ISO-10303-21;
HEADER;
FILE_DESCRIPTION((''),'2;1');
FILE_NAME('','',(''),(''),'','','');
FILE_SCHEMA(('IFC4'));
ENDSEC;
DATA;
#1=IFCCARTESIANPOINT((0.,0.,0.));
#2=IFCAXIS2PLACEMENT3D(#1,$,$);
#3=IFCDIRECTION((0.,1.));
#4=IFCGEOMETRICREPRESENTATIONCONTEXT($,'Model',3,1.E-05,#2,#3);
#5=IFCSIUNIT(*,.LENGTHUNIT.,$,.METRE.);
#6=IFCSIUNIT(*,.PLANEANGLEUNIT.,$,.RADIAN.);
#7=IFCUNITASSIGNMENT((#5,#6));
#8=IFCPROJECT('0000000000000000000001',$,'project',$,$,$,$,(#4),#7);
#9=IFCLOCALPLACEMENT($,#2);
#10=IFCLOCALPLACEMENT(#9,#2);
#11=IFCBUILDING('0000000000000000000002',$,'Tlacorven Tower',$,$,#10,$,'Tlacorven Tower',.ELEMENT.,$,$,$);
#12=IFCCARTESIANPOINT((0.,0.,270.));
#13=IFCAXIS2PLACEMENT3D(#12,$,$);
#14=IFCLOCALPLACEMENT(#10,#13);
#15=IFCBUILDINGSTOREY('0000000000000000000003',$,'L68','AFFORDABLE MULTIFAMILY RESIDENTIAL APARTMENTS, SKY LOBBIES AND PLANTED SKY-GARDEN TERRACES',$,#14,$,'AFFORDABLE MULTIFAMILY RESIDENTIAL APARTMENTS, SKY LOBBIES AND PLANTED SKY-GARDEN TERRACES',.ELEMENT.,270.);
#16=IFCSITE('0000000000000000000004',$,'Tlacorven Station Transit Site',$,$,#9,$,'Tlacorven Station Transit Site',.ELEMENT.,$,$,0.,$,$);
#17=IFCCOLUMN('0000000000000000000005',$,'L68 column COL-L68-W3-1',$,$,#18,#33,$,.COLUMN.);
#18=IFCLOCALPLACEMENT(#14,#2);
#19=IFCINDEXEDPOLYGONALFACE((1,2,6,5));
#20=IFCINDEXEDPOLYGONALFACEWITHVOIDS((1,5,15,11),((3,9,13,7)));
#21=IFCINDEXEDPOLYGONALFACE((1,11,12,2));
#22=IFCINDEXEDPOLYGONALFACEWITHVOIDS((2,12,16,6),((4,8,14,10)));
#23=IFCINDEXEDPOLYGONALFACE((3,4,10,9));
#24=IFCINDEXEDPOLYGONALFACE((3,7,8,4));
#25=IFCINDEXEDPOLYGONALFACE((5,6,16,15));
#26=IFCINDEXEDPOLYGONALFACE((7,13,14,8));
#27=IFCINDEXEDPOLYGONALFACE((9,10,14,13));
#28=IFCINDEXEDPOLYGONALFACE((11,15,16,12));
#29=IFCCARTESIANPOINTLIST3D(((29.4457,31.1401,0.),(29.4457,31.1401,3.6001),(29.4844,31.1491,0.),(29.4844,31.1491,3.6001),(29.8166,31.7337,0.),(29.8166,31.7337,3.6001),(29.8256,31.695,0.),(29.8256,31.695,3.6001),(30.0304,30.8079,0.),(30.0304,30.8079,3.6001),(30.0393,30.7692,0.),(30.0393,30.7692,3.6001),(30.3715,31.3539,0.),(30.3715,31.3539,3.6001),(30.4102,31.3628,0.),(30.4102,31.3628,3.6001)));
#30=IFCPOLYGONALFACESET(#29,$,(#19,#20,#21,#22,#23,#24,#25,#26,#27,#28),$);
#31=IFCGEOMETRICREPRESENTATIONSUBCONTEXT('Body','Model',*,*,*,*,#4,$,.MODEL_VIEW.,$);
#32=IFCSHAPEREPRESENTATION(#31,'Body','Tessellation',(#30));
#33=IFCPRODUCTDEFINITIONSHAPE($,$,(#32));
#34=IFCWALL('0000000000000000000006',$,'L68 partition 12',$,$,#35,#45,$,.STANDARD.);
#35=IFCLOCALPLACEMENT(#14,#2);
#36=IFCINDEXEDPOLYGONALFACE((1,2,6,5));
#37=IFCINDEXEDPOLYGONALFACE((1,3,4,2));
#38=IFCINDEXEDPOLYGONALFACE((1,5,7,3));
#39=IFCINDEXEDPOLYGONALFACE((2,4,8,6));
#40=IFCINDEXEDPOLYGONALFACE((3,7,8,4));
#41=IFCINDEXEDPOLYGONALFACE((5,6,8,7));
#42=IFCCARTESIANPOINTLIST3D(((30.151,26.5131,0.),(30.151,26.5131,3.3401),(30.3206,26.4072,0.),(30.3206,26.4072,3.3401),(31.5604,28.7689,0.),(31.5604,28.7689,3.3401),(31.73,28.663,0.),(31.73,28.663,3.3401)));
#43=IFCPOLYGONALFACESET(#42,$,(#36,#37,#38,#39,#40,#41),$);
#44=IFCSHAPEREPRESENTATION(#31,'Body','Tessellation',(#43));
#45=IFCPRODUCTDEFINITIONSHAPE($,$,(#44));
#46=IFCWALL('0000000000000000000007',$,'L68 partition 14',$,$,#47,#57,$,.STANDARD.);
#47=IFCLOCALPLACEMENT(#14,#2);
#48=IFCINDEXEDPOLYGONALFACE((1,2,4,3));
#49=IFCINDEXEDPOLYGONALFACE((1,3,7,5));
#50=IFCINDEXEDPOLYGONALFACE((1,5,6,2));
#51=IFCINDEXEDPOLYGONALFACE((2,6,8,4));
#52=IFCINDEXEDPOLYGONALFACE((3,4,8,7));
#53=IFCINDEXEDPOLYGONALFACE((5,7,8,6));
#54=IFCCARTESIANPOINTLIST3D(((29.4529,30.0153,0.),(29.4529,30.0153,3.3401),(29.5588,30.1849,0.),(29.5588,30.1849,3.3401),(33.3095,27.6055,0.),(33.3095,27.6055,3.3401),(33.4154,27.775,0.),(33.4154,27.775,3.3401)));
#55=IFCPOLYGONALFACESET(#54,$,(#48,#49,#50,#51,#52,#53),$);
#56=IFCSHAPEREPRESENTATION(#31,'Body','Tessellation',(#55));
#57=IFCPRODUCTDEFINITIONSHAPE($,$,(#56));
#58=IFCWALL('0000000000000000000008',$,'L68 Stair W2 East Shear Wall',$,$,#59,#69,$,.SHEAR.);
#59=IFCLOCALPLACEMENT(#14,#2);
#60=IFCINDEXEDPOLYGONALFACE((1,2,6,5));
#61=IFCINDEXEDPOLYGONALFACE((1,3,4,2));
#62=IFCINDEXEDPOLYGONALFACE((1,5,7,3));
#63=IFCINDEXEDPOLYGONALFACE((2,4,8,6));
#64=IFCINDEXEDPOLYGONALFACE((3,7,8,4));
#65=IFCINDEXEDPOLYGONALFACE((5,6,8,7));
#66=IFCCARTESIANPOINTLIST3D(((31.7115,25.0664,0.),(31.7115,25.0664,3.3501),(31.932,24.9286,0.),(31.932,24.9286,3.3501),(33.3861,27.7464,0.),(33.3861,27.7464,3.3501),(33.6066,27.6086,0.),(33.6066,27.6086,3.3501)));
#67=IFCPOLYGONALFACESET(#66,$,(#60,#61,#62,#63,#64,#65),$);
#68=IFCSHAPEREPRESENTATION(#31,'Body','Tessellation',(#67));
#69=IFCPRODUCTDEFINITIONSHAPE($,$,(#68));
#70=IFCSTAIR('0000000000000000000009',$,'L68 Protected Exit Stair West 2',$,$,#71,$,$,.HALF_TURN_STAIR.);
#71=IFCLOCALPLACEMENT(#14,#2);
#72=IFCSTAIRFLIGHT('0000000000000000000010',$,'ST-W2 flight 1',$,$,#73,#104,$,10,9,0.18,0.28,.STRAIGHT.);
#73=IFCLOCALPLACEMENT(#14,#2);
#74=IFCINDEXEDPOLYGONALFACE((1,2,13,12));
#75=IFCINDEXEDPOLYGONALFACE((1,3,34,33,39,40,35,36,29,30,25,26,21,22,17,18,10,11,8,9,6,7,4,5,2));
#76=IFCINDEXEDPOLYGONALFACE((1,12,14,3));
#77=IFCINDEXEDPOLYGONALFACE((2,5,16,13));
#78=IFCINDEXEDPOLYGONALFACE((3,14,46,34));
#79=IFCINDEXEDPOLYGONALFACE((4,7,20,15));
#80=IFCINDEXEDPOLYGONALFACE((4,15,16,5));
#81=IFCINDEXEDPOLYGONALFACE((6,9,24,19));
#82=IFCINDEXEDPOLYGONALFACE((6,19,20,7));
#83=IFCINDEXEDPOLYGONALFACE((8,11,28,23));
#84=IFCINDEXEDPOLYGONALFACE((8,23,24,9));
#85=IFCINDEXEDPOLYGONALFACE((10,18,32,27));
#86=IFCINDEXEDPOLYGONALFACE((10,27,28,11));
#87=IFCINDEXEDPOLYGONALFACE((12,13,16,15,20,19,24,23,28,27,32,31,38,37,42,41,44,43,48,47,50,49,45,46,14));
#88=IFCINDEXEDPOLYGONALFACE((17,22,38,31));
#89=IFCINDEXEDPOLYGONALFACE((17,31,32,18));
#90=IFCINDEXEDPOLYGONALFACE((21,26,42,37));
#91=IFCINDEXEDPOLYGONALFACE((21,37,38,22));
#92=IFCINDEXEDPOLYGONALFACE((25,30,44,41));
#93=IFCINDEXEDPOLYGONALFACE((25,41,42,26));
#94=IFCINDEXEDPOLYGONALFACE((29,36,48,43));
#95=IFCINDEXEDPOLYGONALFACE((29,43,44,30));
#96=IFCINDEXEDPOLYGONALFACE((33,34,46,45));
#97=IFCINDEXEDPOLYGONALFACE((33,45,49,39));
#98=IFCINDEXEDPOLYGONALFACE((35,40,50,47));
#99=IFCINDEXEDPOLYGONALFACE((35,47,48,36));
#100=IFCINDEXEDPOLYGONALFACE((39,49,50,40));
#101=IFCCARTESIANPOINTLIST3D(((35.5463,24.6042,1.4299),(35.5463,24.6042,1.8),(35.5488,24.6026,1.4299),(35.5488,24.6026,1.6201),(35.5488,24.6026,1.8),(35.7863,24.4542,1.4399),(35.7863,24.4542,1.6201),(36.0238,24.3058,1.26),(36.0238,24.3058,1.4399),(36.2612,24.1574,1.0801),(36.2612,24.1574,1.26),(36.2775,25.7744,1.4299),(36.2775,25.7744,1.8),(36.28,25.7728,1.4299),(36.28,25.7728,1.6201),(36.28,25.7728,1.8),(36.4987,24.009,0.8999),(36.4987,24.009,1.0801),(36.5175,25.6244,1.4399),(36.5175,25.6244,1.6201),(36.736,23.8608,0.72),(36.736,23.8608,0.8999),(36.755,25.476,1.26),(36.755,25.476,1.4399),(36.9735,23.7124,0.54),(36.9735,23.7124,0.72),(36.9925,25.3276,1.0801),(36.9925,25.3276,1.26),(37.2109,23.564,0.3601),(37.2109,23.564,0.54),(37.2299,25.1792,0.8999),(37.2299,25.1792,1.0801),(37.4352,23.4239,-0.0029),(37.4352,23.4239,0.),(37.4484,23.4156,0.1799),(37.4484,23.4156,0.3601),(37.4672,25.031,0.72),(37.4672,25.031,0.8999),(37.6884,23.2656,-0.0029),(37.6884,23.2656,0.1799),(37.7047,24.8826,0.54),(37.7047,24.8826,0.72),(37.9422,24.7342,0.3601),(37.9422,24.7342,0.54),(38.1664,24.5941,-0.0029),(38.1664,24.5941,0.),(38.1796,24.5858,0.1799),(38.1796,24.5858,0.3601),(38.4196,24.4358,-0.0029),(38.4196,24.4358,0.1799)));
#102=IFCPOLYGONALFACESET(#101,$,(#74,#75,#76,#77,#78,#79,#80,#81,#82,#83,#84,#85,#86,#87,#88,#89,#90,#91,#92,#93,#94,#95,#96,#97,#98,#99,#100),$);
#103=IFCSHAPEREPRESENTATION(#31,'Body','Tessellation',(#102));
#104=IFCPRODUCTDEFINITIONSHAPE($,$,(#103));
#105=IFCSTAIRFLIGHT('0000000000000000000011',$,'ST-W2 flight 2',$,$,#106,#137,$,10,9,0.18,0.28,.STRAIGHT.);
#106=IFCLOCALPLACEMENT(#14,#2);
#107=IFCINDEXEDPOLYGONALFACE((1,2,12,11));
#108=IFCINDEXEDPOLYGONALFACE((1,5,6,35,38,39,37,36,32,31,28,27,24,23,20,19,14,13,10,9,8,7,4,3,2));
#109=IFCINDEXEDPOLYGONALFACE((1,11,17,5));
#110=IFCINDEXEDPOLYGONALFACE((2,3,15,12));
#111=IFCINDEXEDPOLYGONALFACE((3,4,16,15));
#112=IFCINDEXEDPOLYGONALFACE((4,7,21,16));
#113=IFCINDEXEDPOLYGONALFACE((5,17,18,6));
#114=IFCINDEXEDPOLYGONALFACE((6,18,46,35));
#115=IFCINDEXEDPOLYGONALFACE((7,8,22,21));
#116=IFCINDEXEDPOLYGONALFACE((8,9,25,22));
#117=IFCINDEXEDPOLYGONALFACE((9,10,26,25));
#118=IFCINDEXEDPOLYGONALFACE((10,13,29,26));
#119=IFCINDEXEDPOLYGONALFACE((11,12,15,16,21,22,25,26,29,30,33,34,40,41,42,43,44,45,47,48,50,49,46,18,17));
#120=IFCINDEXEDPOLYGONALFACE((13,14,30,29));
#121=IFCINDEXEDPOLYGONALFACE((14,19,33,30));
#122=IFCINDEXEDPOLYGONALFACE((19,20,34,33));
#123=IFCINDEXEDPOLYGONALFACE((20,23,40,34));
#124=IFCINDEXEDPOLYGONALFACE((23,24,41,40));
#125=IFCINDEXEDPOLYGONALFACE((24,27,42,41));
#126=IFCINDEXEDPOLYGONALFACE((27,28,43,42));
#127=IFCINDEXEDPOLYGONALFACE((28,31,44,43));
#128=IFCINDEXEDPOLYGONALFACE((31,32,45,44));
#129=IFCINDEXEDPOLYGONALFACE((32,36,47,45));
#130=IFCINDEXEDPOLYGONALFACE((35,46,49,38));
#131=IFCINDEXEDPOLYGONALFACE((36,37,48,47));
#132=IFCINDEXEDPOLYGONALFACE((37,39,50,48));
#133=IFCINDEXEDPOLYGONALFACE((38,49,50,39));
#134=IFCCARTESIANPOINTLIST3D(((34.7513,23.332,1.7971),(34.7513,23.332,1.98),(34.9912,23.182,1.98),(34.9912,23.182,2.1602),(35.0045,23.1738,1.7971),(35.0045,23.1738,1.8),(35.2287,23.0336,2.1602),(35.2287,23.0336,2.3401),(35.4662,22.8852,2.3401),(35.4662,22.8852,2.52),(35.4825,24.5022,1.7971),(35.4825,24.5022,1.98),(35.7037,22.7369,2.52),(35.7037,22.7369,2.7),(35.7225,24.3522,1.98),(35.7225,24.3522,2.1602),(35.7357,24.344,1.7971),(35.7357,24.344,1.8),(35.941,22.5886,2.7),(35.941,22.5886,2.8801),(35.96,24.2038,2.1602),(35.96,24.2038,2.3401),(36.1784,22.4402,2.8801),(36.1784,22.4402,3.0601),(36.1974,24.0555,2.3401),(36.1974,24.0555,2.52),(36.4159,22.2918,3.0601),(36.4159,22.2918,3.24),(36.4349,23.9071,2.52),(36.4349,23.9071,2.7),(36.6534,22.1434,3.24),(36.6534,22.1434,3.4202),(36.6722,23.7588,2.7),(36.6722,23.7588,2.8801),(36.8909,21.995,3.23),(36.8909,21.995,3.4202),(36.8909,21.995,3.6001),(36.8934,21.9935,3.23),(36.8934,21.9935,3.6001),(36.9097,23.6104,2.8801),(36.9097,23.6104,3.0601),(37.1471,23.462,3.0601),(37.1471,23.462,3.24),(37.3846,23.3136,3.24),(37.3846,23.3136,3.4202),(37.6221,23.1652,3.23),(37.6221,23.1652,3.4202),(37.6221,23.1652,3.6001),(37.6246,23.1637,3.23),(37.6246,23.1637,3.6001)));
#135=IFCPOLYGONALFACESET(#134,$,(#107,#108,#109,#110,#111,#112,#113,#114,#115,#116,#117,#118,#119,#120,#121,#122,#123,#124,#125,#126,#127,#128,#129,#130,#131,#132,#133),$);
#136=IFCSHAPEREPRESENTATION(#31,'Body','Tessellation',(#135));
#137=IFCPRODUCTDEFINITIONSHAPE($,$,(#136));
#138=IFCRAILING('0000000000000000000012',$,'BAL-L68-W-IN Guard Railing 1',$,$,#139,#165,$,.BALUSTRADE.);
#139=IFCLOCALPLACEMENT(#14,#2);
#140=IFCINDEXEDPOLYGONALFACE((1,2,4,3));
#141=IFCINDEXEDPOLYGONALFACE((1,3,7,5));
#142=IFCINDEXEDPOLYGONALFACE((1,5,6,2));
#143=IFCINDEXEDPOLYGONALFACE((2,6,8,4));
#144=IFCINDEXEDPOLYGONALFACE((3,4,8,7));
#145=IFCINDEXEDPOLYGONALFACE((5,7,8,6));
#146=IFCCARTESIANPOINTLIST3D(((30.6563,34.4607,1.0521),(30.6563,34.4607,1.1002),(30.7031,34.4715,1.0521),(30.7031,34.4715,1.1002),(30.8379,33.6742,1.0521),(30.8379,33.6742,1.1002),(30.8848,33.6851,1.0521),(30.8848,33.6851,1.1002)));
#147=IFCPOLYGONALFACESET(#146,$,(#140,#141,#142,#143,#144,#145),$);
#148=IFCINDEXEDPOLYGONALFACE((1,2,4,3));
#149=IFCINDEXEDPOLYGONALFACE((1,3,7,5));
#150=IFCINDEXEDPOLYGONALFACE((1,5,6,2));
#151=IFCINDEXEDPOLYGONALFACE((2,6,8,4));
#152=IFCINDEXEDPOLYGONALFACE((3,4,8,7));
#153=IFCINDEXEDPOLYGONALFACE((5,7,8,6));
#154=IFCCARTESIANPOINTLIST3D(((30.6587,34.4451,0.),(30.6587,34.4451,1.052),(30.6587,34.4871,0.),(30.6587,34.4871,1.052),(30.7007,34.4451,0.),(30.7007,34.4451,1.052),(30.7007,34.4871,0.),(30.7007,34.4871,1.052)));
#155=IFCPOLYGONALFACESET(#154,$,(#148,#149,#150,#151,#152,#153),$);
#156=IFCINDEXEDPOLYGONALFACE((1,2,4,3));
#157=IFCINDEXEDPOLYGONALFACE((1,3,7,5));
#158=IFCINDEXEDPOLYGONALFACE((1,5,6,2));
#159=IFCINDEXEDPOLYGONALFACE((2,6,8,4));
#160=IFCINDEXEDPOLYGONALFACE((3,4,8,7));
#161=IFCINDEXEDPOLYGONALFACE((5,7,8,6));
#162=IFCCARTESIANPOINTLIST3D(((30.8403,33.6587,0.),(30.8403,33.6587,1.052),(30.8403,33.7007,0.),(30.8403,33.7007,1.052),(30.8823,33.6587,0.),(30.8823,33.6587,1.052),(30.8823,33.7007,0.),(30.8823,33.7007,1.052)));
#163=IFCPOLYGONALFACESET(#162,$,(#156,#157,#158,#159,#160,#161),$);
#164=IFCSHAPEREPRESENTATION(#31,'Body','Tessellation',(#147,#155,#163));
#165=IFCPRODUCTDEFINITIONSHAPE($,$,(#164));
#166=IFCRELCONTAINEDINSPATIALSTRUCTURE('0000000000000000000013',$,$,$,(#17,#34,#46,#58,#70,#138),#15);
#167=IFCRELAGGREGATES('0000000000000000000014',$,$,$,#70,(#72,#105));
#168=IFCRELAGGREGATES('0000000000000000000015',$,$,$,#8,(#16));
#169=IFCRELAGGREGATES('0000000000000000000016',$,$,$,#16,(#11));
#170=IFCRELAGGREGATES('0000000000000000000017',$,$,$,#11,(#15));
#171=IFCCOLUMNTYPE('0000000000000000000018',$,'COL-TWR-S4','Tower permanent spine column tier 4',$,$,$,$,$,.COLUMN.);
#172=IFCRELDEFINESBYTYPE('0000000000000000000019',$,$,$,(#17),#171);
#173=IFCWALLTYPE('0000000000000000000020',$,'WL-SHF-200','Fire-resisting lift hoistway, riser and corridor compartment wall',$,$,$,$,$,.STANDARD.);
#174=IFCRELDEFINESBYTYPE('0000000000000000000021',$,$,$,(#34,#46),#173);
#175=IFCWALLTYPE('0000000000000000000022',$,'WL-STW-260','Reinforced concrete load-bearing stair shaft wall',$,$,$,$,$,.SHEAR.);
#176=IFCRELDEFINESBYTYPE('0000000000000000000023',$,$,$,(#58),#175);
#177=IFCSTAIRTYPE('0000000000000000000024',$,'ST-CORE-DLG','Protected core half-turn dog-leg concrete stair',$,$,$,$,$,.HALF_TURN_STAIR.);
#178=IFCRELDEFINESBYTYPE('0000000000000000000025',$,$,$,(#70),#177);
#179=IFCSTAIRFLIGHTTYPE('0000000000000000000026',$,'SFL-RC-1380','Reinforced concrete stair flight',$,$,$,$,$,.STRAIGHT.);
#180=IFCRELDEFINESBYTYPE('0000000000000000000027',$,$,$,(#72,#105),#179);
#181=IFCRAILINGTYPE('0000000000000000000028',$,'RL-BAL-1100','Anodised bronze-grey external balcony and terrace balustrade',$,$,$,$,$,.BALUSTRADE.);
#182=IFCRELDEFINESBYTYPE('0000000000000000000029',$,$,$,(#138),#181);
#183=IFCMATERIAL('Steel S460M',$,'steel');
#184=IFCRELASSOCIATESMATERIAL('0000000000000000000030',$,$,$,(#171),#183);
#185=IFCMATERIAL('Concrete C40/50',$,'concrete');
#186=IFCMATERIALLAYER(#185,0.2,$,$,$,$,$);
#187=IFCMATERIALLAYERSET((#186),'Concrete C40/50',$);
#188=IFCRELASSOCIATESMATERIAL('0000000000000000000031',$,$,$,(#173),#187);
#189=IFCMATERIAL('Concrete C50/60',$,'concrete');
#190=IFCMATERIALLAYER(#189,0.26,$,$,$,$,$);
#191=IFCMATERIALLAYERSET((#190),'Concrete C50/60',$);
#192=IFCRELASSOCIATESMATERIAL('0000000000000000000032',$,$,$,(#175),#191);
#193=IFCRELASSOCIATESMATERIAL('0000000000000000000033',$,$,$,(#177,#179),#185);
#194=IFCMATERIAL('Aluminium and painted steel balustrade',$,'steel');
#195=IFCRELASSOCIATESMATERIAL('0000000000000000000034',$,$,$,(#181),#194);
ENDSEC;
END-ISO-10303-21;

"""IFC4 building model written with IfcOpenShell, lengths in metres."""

from ifc_helpers import new_model, si_unit, direction, frame, frame_2d, origin, origin_2d, place, context, subcontext, project, spatial, polyline, rectangle, hollow_rectangle, outline, extrude, source, transform, mapped, material, layer, layer_set, material_profile, profile_set, type_object, element, aggregate, save


model = new_model("IFC4")

# Units and contexts
model_context = context("Model", 3, precision=1e-05, world=origin(), true_north=direction((0.0, 1.0)))
body_context = subcontext(model_context, "Body", "Model", "MODEL_VIEW")
ifc_project = project(units=[si_unit("LENGTHUNIT", "METRE"), si_unit("PLANEANGLEUNIT", "RADIAN")], contexts=[model_context])

# Site, building, storey
site_placement = place(None, origin())
site = spatial("IfcSite", under=ifc_project, at=site_placement, Name="Tlacorven Station Transit Site", LongName="Tlacorven Station Transit Site", CompositionType="ELEMENT", RefElevation=0.0)
building_placement = place(site_placement, origin())
building = spatial("IfcBuilding", under=site, at=building_placement, Name="Tlacorven Tower", LongName="Tlacorven Tower", CompositionType="ELEMENT")
storey_placement = place(building_placement, frame((0.0, 0.0, 270.0)))
storey = spatial("IfcBuildingStorey", under=building, at=storey_placement, Name="L68", Description="AFFORDABLE MULTIFAMILY RESIDENTIAL APARTMENTS, SKY LOBBIES AND PLANTED SKY-GARDEN TERRACES", LongName="AFFORDABLE MULTIFAMILY RESIDENTIAL APARTMENTS, SKY LOBBIES AND PLANTED SKY-GARDEN TERRACES", CompositionType="ELEMENT", Elevation=270.0)

# Column
ifc_material_1 = material(Name="Steel S460M", Category="steel")
ifc_material_profile = material_profile(ifc_material_1, hollow_rectangle(XDim=0.7, YDim=0.7, WallThickness=0.0281, at=origin_2d()), Name="BOX 700X700X28")
ifc_profile_set = profile_set([ifc_material_profile], Name="Steel S460M")
column_type = type_object("IfcColumnType", Name="COL-TWR-S4", Description="Tower permanent spine column tier 4", PredefinedType="COLUMN", material=ifc_profile_set)
shared_shape_1 = source(origin(), body_context, "Body", "SweptSolid", [
    extrude(hollow_rectangle(XDim=0.7, YDim=0.7, WallThickness=0.0281, at=origin_2d()), origin(), (0.0, 0.0, 1.0), 3.6001),
])
column_placement = place(storey_placement, frame((29.928, 31.2515, 0.0), z_axis=(0.0, 0.0, 1.0), x_axis=(-0.848048, 0.529919, 0.0)))
element("IfcColumn", 1, at=column_placement, inside=storey, type_object=column_type, Name="L68 column COL-L68-W3-1", PredefinedType="COLUMN", context=body_context, shape_type="MappedRepresentation", body=[
    mapped(shared_shape_1, transform((0.0, 0.0, 0.0), scale=1.0)),
])

# Shared definitions
ifc_material_2 = material(Name="Concrete C40/50", Category="concrete")
ifc_layer_1 = layer(ifc_material_2, 0.2)
ifc_layer_set_1 = layer_set([ifc_layer_1], Name="Concrete C40/50")
wall_type_1 = type_object("IfcWallType", Name="WL-SHF-200", Description="Fire-resisting lift hoistway, riser and corridor compartment wall", PredefinedType="STANDARD", material=ifc_layer_set_1)

# Walls
wall_1_placement = place(storey_placement, frame((31.6453, 28.7161, 0.0), z_axis=(0.0, 0.0, 1.0), x_axis=(-0.529867, -0.848081, 0.0)))
element("IfcWall", 2, at=wall_1_placement, inside=storey, type_object=wall_type_1, Name="L68 partition 12", PredefinedType="STANDARD", context=body_context, shape_type="SweptSolid", body=[
    extrude(rectangle(XDim=2.6599, YDim=0.2, at=frame_2d((1.3301, 0.0))), origin(), (0.0, 0.0, 1.0), 3.3401),
])
wall_2_placement = place(storey_placement, frame((33.3625, 27.6902, 0.0), z_axis=(0.0, 0.0, 1.0), x_axis=(-0.84805, 0.529917, 0.0)))
element("IfcWall", 3, at=wall_2_placement, inside=storey, type_object=wall_type_1, Name="L68 partition 14", PredefinedType="STANDARD", context=body_context, shape_type="SweptSolid", body=[
    extrude(rectangle(XDim=4.5476, YDim=0.2, at=frame_2d((2.2739, 0.0))), origin(), (0.0, 0.0, 1.0), 3.3401),
])
ifc_material_3 = material(Name="Concrete C50/60", Category="concrete")
ifc_layer_2 = layer(ifc_material_3, 0.26)
ifc_layer_set_2 = layer_set([ifc_layer_2], Name="Concrete C50/60")
wall_type_2 = type_object("IfcWallType", Name="WL-STW-260", Description="Reinforced concrete load-bearing stair shaft wall", PredefinedType="SHEAR", material=ifc_layer_set_2)
wall_3_placement = place(storey_placement, frame((33.4963, 27.6775, 0.0), z_axis=(0.0, 0.0, 1.0), x_axis=(-0.529909, -0.848055, 0.0)))
element("IfcWall", 4, at=wall_3_placement, inside=storey, type_object=wall_type_2, Name="L68 Stair W2 East Shear Wall", PredefinedType="SHEAR", context=body_context, shape_type="SweptSolid", body=[
    extrude(rectangle(XDim=3.1602, YDim=0.26, at=frame_2d((1.5801, 0.0))), origin(), (0.0, 0.0, 1.0), 3.3501),
])

# Stair, stair flights
stair_type = type_object("IfcStairType", Name="ST-CORE-DLG", Description="Protected core half-turn dog-leg concrete stair", PredefinedType="HALF_TURN_STAIR", material=ifc_material_2)
stair_placement = place(storey_placement, origin())
stair = element("IfcStair", 5, at=stair_placement, inside=storey, type_object=stair_type, Name="L68 Protected Exit Stair West 2", PredefinedType="HALF_TURN_STAIR")
stair_flight_type = type_object("IfcStairFlightType", Name="SFL-RC-1380", Description="Reinforced concrete stair flight", PredefinedType="STRAIGHT", material=ifc_material_2)
shared_shape_2 = source(origin(), body_context, "Body", "SweptSolid", [
    extrude(outline(polyline([(-0.0029, -0.0029), (-0.0029, 0.1799), (0.28, 0.1799), (0.28, 0.3601), (0.5601, 0.3601), (0.5601, 0.54), (0.8401, 0.54), (0.8401, 0.72), (1.1201, 0.72), (1.1201, 0.8999), (1.3999, 0.8999), (1.3999, 1.0801), (1.6799, 1.0801), (1.6799, 1.26), (1.96, 1.26), (1.96, 1.4399), (2.24, 1.4399), (2.24, 1.6201), (2.52, 1.6201), (2.52, 1.8), (2.5229, 1.8), (2.5229, 1.4299), (2.52, 1.4299), (0.2957, 0.0), (0.2957, -0.0029), (-0.0029, -0.0029)])), frame((0.0, 0.6899, 0.0), z_axis=(0.0, -1.0, 0.0), x_axis=(1.0, 0.0, 0.0)), (0.0, 0.0, 1.0), 1.3799),
])
stair_flight_1_placement = place(storey_placement, frame((38.0515, 23.8523, 0.0), z_axis=(0.0, 0.0, 1.0), x_axis=(-0.848048, 0.529919, 0.0)))
stair_flight_1 = element("IfcStairFlight", 6, at=stair_flight_1_placement, type_object=stair_flight_type, Name="ST-W2 flight 1", NumberOfRisers=10, NumberOfTreads=9, PredefinedType="STRAIGHT", RiserHeight=0.18, TreadLength=0.28, context=body_context, shape_type="MappedRepresentation", body=[
    mapped(shared_shape_2, transform((0.0, 0.0, 0.0), scale=1.0)),
])
stair_flight_2_placement = place(storey_placement, frame((35.1194, 23.9155, 1.8), z_axis=(0.0, 0.0, 1.0), x_axis=(0.848048, -0.529919, 0.0)))
stair_flight_2 = element("IfcStairFlight", 7, at=stair_flight_2_placement, type_object=stair_flight_type, Name="ST-W2 flight 2", NumberOfRisers=10, NumberOfTreads=9, PredefinedType="STRAIGHT", RiserHeight=0.18, TreadLength=0.28, context=body_context, shape_type="MappedRepresentation", body=[
    mapped(shared_shape_2, transform((0.0, 0.0, 0.0), scale=1.0)),
])
aggregate(stair, [stair_flight_1, stair_flight_2])

# Railing
ifc_material_4 = material(Name="Aluminium and painted steel balustrade", Category="steel")
railing_type_1 = type_object("IfcRailingType", Name="RL-BAL-1100", Description="Anodised bronze-grey external balcony and terrace balustrade", PredefinedType="BALUSTRADE", material=ifc_material_4)
shared_shape_3 = source(origin(), body_context, "Body", "SweptSolid", [
    extrude(rectangle(XDim=0.0481, YDim=0.0481, at=origin_2d()), frame((0.0, 0.0, 1.0762), z_axis=(0.225058, -0.974345, 0.0), x_axis=(0.974345, 0.225058, 0.0)), (0.0, 0.0, 1.0), 0.8071),
    extrude(rectangle(XDim=0.042, YDim=0.042, at=origin_2d()), origin(), (0.0, 0.0, 1.0), 1.052),
    extrude(rectangle(XDim=0.042, YDim=0.042, at=origin_2d()), frame((0.1816, -0.7864, 0.0)), (0.0, 0.0, 1.0), 1.052),
])
railing_1_placement = place(storey_placement, frame((30.6797, 34.4661, 0.0)))
element("IfcRailing", 8, at=railing_1_placement, inside=storey, type_object=railing_type_1, Name="BAL-L68-W-IN Guard Railing 1", PredefinedType="BALUSTRADE", context=body_context, shape_type="MappedRepresentation", body=[
    mapped(shared_shape_3, transform((0.0, 0.0, 0.0), scale=1.0)),
])

save(model, "model.ifc")
